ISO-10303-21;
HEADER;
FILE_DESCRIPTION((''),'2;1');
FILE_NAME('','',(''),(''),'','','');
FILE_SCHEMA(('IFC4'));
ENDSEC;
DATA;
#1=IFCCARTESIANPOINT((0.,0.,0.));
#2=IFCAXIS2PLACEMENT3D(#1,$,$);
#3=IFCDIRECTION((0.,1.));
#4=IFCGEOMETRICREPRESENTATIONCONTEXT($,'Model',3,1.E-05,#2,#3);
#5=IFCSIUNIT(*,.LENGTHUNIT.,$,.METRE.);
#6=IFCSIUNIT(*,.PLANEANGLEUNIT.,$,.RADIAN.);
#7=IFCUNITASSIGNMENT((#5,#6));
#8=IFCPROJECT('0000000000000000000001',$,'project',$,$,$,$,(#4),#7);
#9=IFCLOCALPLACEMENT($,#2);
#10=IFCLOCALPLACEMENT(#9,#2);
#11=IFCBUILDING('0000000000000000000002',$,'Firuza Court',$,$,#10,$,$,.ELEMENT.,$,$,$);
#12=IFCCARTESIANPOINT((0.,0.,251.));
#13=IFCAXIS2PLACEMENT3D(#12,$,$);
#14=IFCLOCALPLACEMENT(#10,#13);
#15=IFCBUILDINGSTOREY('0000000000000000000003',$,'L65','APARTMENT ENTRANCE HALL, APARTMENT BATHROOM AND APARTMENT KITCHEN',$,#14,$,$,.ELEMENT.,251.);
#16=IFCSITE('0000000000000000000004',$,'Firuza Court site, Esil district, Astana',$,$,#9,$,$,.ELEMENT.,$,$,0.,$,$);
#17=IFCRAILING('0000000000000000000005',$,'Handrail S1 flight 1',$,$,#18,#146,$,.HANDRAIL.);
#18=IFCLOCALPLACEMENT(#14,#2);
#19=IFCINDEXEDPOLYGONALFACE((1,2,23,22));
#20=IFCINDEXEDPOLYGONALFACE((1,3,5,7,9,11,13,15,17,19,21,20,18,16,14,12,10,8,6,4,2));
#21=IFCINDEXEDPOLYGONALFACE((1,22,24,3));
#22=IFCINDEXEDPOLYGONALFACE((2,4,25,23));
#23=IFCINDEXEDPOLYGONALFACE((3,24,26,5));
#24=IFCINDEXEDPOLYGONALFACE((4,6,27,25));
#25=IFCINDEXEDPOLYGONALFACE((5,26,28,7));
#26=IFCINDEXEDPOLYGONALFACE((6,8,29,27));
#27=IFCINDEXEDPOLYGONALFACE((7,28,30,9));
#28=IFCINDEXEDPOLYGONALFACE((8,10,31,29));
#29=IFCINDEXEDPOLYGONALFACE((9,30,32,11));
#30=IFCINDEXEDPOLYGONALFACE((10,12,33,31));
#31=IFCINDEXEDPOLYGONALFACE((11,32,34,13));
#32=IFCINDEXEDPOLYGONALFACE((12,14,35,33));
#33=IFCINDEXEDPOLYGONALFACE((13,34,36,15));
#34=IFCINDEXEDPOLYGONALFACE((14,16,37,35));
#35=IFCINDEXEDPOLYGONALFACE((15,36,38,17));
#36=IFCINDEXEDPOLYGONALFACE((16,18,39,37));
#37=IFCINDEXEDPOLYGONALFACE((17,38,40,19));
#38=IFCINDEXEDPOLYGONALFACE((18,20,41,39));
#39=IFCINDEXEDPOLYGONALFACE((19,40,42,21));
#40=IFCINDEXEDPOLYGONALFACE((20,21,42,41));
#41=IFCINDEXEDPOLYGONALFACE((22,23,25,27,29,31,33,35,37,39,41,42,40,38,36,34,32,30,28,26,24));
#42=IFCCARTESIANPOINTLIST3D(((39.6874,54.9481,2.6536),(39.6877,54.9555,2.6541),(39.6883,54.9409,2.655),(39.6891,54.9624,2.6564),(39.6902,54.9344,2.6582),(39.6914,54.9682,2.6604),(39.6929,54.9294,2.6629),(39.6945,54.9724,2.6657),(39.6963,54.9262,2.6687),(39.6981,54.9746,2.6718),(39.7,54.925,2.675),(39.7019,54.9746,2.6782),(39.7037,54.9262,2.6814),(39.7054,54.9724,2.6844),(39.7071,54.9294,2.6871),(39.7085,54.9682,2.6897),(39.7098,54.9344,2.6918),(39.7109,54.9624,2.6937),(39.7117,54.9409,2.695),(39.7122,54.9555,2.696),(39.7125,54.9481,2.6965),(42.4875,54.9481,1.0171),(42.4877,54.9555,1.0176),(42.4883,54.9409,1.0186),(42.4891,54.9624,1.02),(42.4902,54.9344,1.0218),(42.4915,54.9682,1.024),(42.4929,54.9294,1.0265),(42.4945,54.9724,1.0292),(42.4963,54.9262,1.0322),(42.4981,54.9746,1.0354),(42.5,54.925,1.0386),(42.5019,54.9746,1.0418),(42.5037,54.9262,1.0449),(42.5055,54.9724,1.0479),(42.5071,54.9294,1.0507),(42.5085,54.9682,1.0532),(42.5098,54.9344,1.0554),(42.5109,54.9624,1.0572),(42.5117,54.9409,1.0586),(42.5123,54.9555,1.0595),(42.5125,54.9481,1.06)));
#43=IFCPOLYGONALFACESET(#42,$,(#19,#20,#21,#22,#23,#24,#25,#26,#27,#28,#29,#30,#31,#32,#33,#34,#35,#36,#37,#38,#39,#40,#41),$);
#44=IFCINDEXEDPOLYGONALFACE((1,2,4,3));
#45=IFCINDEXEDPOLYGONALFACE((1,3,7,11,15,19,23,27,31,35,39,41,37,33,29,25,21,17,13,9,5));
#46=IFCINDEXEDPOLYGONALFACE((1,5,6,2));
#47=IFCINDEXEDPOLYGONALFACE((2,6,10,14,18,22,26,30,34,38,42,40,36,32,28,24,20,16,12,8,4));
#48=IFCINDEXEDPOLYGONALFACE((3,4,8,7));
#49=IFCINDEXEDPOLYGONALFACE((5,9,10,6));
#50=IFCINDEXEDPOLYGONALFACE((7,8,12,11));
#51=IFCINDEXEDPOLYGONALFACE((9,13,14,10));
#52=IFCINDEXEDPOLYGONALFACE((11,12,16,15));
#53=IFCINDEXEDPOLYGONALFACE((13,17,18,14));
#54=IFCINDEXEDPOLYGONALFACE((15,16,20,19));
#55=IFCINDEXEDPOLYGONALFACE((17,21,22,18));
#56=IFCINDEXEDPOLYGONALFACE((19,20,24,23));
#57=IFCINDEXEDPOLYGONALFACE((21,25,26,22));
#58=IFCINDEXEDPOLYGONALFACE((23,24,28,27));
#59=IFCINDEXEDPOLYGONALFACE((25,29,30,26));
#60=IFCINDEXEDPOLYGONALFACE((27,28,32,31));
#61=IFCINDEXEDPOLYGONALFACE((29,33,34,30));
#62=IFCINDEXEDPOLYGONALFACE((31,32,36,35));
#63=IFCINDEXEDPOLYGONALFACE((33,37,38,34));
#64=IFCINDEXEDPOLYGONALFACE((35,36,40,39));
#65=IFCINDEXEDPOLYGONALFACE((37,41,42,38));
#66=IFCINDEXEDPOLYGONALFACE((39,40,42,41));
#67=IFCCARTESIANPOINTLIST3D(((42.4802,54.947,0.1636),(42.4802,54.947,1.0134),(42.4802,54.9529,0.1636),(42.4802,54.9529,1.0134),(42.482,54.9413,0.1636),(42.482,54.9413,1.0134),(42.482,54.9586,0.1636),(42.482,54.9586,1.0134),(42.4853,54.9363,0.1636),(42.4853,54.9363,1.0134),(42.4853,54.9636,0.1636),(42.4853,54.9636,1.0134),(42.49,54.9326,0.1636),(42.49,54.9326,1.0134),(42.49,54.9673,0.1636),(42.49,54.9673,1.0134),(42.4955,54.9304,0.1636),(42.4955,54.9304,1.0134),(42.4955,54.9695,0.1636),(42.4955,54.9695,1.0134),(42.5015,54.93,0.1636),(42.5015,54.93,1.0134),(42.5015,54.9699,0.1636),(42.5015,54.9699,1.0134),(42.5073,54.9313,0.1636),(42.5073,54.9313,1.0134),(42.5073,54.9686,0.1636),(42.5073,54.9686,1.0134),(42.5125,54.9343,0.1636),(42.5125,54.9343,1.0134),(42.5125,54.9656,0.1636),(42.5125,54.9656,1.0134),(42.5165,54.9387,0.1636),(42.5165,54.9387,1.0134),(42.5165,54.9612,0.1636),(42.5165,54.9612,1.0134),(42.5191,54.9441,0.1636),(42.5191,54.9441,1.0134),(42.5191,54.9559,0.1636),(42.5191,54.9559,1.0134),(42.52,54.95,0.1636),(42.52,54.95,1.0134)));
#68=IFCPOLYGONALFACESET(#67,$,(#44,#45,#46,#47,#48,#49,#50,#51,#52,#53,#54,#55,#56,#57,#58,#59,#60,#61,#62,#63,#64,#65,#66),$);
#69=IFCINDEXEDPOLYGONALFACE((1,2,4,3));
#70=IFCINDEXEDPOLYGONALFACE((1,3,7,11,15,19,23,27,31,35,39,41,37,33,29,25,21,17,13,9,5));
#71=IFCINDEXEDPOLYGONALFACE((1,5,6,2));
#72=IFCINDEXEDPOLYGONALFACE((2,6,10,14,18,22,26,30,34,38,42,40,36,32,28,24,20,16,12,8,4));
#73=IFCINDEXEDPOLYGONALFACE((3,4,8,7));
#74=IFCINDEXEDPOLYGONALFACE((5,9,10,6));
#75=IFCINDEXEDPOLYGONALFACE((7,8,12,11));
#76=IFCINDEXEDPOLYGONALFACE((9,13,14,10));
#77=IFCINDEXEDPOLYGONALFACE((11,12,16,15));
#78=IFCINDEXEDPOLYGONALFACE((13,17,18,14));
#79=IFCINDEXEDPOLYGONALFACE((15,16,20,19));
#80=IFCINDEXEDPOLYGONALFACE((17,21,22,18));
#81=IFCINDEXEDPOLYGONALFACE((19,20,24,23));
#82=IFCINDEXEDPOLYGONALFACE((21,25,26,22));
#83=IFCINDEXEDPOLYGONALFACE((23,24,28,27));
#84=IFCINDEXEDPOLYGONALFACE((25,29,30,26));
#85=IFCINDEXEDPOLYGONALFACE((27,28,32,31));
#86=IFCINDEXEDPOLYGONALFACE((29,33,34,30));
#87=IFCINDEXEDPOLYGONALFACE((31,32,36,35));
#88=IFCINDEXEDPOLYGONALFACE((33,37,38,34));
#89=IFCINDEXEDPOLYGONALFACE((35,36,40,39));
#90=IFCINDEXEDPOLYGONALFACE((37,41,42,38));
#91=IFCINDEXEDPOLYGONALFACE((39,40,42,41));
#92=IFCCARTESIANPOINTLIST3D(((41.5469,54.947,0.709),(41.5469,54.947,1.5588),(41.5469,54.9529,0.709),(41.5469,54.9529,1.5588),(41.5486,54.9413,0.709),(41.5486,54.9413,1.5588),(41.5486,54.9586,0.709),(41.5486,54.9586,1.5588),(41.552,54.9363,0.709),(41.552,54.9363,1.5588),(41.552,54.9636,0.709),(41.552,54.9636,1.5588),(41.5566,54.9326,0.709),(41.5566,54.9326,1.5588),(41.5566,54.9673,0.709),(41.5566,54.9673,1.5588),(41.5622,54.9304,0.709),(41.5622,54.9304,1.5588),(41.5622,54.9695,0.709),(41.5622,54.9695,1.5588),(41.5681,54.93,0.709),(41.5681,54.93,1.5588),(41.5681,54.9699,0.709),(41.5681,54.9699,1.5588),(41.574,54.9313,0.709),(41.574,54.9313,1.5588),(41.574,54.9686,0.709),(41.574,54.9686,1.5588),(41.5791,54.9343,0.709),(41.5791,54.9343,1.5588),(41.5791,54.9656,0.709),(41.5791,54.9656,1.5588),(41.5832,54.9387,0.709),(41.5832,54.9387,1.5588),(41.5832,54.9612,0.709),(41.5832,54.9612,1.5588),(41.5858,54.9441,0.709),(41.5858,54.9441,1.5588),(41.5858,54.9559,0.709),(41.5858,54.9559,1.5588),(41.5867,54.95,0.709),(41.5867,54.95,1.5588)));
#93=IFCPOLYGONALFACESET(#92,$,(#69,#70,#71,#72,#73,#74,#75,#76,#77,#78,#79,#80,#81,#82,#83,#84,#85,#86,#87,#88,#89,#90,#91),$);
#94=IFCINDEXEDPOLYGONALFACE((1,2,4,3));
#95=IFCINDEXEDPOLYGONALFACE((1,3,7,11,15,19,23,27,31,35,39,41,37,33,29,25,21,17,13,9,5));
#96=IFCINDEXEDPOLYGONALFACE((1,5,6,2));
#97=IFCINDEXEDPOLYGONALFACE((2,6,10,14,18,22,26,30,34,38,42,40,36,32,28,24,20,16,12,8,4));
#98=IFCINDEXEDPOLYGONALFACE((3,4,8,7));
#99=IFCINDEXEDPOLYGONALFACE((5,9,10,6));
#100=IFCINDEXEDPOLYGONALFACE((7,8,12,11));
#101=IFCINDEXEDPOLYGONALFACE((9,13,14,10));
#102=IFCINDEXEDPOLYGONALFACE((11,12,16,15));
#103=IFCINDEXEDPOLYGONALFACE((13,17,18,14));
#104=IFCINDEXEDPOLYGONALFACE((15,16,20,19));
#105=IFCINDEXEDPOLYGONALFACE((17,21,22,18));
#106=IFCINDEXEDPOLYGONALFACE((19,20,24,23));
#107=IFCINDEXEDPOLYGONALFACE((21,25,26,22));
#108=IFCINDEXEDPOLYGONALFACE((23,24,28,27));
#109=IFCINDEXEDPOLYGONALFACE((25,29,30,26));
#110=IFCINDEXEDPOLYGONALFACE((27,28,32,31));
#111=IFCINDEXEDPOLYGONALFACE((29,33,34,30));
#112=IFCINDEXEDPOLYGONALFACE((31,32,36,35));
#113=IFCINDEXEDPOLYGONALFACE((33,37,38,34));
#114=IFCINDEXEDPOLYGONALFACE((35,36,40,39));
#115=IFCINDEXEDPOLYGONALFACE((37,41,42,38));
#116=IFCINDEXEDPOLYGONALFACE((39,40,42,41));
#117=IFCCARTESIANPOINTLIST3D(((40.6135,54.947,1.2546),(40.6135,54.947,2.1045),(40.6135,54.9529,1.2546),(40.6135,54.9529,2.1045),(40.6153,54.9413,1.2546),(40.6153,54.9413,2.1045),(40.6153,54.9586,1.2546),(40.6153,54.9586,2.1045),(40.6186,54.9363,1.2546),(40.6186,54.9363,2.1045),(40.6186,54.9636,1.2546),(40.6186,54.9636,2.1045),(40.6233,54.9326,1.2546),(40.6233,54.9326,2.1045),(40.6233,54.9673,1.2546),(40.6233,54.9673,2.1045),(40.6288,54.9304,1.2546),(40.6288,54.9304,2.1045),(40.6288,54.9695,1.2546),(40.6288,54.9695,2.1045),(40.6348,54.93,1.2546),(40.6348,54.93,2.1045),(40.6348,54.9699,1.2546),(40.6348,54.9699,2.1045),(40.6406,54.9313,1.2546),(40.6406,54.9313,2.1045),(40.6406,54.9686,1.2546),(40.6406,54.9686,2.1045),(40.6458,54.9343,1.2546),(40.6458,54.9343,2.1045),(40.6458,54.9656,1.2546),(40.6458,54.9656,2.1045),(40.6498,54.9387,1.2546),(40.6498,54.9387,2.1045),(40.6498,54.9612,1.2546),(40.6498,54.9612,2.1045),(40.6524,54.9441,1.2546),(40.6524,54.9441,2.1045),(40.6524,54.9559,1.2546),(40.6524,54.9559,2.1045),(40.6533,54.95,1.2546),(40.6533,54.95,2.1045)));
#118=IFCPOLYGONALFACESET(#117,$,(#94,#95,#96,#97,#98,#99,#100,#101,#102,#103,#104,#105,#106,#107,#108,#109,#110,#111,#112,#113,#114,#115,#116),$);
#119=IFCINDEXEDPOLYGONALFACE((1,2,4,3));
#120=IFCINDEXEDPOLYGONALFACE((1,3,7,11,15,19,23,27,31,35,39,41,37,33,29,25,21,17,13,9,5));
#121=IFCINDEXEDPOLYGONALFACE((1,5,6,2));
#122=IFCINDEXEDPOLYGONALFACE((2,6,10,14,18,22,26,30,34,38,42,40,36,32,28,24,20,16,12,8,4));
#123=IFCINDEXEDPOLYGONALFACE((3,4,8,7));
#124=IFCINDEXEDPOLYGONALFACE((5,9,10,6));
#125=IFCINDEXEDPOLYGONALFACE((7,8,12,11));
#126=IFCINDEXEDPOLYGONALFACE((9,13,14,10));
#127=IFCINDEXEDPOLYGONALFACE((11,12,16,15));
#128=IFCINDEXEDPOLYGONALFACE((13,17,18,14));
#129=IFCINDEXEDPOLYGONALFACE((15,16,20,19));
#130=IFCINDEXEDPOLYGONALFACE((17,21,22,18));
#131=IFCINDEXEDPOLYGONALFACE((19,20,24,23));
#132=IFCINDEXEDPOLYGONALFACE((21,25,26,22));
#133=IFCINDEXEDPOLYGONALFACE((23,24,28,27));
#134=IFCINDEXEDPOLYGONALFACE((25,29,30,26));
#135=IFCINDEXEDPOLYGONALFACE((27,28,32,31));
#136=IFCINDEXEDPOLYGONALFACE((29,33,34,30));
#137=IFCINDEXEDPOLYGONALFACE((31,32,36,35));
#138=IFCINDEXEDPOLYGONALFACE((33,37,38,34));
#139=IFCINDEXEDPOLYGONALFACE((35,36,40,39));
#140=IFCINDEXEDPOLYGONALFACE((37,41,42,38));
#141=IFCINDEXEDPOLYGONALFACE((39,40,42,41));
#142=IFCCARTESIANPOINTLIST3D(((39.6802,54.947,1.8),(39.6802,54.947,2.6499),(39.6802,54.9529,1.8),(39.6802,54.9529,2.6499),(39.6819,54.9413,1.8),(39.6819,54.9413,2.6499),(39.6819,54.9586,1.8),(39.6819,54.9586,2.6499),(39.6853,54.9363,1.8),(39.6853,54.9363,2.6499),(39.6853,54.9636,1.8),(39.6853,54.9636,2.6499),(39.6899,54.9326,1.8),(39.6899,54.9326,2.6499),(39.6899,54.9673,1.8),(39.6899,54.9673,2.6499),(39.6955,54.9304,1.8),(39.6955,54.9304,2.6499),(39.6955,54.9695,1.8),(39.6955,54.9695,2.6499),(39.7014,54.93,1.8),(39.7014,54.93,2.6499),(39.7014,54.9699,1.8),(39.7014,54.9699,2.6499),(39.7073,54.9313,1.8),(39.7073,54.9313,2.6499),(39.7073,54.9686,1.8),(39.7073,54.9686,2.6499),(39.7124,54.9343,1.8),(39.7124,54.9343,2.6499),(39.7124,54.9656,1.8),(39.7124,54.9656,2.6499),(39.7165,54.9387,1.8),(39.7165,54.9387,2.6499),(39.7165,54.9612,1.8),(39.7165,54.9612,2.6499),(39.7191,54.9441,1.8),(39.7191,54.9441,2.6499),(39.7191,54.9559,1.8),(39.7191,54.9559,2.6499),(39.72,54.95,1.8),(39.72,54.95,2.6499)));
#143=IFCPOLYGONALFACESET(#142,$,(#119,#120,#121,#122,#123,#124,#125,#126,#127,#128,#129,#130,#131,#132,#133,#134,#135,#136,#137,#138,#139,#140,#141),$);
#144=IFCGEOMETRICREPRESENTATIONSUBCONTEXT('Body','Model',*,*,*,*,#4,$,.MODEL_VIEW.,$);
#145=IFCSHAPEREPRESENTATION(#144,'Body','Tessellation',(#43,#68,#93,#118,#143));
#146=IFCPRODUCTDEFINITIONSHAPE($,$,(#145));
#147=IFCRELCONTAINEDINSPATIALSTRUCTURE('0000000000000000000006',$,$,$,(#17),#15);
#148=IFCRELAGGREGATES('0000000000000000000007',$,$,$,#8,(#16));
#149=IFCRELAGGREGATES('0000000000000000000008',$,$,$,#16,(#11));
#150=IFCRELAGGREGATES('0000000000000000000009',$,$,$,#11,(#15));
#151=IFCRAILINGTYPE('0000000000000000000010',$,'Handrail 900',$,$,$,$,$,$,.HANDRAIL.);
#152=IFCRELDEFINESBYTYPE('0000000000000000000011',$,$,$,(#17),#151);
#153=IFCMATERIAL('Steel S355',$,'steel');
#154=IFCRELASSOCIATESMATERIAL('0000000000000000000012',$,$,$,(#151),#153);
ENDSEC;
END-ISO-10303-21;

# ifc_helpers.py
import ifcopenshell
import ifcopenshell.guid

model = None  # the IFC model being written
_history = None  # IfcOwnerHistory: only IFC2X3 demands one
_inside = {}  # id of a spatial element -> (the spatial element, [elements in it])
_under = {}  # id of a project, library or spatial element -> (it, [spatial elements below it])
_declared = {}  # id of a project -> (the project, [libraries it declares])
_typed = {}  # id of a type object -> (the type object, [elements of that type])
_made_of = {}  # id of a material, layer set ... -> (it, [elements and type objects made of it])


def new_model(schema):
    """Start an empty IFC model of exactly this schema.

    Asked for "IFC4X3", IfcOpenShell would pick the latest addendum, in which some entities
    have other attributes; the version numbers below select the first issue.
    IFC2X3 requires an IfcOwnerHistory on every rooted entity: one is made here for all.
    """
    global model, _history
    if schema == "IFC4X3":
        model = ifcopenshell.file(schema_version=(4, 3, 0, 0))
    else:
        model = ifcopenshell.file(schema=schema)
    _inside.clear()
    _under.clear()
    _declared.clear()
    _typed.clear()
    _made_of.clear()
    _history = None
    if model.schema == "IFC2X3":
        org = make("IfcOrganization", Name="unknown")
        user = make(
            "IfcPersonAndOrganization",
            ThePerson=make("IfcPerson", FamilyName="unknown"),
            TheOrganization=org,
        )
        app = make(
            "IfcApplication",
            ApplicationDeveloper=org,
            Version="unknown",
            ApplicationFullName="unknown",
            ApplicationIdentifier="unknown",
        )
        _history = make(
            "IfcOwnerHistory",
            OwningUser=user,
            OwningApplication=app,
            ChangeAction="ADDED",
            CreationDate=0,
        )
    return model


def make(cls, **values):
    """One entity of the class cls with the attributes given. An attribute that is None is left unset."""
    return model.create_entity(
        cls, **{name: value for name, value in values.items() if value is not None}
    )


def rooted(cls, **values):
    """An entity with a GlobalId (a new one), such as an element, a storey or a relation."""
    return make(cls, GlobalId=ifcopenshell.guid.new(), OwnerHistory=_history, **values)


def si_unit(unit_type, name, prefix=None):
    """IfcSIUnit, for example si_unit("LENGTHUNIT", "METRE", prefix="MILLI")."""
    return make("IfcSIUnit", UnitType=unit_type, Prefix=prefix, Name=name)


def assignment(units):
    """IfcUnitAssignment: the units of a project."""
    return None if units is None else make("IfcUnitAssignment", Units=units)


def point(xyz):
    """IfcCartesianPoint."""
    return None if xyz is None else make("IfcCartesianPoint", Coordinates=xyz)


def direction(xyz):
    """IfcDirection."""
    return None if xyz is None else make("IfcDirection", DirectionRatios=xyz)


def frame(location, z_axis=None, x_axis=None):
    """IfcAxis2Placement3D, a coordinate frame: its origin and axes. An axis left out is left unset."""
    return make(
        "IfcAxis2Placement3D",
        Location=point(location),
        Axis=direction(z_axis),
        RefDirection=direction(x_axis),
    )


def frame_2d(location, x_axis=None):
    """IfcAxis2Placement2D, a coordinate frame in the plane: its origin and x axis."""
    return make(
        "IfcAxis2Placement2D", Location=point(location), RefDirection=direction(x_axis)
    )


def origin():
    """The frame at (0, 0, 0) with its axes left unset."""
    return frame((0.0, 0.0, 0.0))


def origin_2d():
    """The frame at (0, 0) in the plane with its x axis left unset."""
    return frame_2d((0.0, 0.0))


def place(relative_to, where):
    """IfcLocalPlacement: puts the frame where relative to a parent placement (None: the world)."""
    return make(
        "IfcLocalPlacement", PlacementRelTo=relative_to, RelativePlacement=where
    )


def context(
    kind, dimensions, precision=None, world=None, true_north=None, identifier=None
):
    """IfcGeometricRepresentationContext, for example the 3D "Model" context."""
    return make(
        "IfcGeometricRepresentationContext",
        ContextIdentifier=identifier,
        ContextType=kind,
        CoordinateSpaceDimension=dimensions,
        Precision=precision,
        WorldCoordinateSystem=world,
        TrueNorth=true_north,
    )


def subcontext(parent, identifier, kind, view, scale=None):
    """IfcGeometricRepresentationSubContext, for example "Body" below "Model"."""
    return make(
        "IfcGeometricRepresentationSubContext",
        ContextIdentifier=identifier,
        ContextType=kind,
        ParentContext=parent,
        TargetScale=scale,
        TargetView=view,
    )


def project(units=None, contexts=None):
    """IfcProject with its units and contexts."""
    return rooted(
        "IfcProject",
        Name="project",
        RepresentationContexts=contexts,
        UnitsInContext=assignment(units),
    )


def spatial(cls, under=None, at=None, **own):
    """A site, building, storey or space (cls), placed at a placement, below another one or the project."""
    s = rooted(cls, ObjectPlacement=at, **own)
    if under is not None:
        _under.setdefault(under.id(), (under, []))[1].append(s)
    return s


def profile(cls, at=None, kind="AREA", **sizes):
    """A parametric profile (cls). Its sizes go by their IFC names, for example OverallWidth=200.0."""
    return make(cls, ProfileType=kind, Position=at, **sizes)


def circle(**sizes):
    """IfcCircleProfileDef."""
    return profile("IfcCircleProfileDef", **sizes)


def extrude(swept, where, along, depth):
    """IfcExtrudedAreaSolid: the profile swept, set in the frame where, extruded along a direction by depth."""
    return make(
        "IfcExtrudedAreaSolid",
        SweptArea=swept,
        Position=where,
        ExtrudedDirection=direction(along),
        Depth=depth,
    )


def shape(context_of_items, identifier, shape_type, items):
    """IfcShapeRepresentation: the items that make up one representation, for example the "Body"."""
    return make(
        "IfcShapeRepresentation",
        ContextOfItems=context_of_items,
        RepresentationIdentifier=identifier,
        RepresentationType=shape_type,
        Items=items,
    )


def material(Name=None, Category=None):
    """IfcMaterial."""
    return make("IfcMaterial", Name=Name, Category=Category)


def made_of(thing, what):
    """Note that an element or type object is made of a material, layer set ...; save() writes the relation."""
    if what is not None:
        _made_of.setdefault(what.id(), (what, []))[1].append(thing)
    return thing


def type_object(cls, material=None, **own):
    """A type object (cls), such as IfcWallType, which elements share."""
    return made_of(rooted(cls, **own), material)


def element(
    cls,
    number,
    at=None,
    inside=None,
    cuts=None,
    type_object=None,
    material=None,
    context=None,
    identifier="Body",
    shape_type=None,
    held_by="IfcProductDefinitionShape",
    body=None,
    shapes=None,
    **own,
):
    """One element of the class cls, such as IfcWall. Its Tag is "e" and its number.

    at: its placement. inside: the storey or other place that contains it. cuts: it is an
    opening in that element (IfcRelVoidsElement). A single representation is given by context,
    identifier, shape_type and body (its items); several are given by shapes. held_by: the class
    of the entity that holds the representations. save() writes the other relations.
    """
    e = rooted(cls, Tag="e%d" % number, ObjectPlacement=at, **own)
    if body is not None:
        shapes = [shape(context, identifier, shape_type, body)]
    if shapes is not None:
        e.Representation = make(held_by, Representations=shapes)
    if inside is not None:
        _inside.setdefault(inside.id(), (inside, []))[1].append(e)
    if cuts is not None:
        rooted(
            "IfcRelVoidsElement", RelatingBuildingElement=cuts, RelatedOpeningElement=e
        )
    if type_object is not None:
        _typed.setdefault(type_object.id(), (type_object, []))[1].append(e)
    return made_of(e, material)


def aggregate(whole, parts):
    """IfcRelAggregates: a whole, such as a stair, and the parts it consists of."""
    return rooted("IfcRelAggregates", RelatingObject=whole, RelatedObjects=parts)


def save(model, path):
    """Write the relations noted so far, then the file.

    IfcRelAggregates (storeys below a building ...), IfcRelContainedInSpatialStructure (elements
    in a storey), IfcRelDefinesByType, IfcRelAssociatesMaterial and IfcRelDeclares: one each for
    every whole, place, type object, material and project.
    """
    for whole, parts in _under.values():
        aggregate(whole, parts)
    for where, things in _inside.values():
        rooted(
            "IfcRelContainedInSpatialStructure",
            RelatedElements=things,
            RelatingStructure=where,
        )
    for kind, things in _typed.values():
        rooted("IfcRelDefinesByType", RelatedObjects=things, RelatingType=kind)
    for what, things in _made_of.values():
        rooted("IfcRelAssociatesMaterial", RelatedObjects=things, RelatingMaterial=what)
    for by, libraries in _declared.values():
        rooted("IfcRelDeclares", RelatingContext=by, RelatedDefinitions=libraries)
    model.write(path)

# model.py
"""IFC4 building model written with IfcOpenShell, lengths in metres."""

from ifc_helpers import new_model, si_unit, direction, frame, origin, origin_2d, place, context, subcontext, project, spatial, circle, extrude, material, type_object, element, save


model = new_model("IFC4")

# Units and contexts
model_context = context("Model", 3, precision=1e-05, world=origin(), true_north=direction((0.0, 1.0)))
body_context = subcontext(model_context, "Body", "Model", "MODEL_VIEW")
ifc_project = project(units=[si_unit("LENGTHUNIT", "METRE"), si_unit("PLANEANGLEUNIT", "RADIAN")], contexts=[model_context])

# Site, building, storey
site_placement = place(None, origin())
site = spatial("IfcSite", under=ifc_project, at=site_placement, Name="Firuza Court site, Esil district, Astana", CompositionType="ELEMENT", RefElevation=0.0)
building_placement = place(site_placement, origin())
building = spatial("IfcBuilding", under=site, at=building_placement, Name="Firuza Court", CompositionType="ELEMENT")
storey_placement = place(building_placement, frame((0.0, 0.0, 251.0)))
storey = spatial("IfcBuildingStorey", under=building, at=storey_placement, Name="L65", Description="APARTMENT ENTRANCE HALL, APARTMENT BATHROOM AND APARTMENT KITCHEN", CompositionType="ELEMENT", Elevation=251.0)

# Railing
ifc_material_1 = material(Name="Steel S355", Category="steel")
railing_type_1 = type_object("IfcRailingType", Name="Handrail 900", PredefinedType="HANDRAIL", material=ifc_material_1)
railing_1_placement = place(storey_placement, frame((42.5, 54.95, 0.1636)))
element("IfcRailing", 1, at=railing_1_placement, inside=storey, type_object=railing_type_1, Name="Handrail S1 flight 1", PredefinedType="HANDRAIL", context=body_context, shape_type="SweptSolid", body=[
    extrude(circle(Radius=0.0249, at=origin_2d()), frame((0.0, 0.0, 0.875), z_axis=(-0.863361, 0.0, 0.504587), x_axis=(0.0, -1.0, 0.0)), (0.0, 0.0, 1.0), 3.2432),
    extrude(circle(Radius=0.02, at=origin_2d()), origin(), (0.0, 0.0, 1.0), 0.8499),
    extrude(circle(Radius=0.02, at=origin_2d()), frame((-0.9333, 0.0, 0.5454)), (0.0, 0.0, 1.0), 0.8499),
    extrude(circle(Radius=0.02, at=origin_2d()), frame((-1.8667, 0.0, 1.0911)), (0.0, 0.0, 1.0), 0.8499),
    extrude(circle(Radius=0.02, at=origin_2d()), frame((-2.8, 0.0, 1.6365)), (0.0, 0.0, 1.0), 0.8499),
])

save(model, "model.ifc")
